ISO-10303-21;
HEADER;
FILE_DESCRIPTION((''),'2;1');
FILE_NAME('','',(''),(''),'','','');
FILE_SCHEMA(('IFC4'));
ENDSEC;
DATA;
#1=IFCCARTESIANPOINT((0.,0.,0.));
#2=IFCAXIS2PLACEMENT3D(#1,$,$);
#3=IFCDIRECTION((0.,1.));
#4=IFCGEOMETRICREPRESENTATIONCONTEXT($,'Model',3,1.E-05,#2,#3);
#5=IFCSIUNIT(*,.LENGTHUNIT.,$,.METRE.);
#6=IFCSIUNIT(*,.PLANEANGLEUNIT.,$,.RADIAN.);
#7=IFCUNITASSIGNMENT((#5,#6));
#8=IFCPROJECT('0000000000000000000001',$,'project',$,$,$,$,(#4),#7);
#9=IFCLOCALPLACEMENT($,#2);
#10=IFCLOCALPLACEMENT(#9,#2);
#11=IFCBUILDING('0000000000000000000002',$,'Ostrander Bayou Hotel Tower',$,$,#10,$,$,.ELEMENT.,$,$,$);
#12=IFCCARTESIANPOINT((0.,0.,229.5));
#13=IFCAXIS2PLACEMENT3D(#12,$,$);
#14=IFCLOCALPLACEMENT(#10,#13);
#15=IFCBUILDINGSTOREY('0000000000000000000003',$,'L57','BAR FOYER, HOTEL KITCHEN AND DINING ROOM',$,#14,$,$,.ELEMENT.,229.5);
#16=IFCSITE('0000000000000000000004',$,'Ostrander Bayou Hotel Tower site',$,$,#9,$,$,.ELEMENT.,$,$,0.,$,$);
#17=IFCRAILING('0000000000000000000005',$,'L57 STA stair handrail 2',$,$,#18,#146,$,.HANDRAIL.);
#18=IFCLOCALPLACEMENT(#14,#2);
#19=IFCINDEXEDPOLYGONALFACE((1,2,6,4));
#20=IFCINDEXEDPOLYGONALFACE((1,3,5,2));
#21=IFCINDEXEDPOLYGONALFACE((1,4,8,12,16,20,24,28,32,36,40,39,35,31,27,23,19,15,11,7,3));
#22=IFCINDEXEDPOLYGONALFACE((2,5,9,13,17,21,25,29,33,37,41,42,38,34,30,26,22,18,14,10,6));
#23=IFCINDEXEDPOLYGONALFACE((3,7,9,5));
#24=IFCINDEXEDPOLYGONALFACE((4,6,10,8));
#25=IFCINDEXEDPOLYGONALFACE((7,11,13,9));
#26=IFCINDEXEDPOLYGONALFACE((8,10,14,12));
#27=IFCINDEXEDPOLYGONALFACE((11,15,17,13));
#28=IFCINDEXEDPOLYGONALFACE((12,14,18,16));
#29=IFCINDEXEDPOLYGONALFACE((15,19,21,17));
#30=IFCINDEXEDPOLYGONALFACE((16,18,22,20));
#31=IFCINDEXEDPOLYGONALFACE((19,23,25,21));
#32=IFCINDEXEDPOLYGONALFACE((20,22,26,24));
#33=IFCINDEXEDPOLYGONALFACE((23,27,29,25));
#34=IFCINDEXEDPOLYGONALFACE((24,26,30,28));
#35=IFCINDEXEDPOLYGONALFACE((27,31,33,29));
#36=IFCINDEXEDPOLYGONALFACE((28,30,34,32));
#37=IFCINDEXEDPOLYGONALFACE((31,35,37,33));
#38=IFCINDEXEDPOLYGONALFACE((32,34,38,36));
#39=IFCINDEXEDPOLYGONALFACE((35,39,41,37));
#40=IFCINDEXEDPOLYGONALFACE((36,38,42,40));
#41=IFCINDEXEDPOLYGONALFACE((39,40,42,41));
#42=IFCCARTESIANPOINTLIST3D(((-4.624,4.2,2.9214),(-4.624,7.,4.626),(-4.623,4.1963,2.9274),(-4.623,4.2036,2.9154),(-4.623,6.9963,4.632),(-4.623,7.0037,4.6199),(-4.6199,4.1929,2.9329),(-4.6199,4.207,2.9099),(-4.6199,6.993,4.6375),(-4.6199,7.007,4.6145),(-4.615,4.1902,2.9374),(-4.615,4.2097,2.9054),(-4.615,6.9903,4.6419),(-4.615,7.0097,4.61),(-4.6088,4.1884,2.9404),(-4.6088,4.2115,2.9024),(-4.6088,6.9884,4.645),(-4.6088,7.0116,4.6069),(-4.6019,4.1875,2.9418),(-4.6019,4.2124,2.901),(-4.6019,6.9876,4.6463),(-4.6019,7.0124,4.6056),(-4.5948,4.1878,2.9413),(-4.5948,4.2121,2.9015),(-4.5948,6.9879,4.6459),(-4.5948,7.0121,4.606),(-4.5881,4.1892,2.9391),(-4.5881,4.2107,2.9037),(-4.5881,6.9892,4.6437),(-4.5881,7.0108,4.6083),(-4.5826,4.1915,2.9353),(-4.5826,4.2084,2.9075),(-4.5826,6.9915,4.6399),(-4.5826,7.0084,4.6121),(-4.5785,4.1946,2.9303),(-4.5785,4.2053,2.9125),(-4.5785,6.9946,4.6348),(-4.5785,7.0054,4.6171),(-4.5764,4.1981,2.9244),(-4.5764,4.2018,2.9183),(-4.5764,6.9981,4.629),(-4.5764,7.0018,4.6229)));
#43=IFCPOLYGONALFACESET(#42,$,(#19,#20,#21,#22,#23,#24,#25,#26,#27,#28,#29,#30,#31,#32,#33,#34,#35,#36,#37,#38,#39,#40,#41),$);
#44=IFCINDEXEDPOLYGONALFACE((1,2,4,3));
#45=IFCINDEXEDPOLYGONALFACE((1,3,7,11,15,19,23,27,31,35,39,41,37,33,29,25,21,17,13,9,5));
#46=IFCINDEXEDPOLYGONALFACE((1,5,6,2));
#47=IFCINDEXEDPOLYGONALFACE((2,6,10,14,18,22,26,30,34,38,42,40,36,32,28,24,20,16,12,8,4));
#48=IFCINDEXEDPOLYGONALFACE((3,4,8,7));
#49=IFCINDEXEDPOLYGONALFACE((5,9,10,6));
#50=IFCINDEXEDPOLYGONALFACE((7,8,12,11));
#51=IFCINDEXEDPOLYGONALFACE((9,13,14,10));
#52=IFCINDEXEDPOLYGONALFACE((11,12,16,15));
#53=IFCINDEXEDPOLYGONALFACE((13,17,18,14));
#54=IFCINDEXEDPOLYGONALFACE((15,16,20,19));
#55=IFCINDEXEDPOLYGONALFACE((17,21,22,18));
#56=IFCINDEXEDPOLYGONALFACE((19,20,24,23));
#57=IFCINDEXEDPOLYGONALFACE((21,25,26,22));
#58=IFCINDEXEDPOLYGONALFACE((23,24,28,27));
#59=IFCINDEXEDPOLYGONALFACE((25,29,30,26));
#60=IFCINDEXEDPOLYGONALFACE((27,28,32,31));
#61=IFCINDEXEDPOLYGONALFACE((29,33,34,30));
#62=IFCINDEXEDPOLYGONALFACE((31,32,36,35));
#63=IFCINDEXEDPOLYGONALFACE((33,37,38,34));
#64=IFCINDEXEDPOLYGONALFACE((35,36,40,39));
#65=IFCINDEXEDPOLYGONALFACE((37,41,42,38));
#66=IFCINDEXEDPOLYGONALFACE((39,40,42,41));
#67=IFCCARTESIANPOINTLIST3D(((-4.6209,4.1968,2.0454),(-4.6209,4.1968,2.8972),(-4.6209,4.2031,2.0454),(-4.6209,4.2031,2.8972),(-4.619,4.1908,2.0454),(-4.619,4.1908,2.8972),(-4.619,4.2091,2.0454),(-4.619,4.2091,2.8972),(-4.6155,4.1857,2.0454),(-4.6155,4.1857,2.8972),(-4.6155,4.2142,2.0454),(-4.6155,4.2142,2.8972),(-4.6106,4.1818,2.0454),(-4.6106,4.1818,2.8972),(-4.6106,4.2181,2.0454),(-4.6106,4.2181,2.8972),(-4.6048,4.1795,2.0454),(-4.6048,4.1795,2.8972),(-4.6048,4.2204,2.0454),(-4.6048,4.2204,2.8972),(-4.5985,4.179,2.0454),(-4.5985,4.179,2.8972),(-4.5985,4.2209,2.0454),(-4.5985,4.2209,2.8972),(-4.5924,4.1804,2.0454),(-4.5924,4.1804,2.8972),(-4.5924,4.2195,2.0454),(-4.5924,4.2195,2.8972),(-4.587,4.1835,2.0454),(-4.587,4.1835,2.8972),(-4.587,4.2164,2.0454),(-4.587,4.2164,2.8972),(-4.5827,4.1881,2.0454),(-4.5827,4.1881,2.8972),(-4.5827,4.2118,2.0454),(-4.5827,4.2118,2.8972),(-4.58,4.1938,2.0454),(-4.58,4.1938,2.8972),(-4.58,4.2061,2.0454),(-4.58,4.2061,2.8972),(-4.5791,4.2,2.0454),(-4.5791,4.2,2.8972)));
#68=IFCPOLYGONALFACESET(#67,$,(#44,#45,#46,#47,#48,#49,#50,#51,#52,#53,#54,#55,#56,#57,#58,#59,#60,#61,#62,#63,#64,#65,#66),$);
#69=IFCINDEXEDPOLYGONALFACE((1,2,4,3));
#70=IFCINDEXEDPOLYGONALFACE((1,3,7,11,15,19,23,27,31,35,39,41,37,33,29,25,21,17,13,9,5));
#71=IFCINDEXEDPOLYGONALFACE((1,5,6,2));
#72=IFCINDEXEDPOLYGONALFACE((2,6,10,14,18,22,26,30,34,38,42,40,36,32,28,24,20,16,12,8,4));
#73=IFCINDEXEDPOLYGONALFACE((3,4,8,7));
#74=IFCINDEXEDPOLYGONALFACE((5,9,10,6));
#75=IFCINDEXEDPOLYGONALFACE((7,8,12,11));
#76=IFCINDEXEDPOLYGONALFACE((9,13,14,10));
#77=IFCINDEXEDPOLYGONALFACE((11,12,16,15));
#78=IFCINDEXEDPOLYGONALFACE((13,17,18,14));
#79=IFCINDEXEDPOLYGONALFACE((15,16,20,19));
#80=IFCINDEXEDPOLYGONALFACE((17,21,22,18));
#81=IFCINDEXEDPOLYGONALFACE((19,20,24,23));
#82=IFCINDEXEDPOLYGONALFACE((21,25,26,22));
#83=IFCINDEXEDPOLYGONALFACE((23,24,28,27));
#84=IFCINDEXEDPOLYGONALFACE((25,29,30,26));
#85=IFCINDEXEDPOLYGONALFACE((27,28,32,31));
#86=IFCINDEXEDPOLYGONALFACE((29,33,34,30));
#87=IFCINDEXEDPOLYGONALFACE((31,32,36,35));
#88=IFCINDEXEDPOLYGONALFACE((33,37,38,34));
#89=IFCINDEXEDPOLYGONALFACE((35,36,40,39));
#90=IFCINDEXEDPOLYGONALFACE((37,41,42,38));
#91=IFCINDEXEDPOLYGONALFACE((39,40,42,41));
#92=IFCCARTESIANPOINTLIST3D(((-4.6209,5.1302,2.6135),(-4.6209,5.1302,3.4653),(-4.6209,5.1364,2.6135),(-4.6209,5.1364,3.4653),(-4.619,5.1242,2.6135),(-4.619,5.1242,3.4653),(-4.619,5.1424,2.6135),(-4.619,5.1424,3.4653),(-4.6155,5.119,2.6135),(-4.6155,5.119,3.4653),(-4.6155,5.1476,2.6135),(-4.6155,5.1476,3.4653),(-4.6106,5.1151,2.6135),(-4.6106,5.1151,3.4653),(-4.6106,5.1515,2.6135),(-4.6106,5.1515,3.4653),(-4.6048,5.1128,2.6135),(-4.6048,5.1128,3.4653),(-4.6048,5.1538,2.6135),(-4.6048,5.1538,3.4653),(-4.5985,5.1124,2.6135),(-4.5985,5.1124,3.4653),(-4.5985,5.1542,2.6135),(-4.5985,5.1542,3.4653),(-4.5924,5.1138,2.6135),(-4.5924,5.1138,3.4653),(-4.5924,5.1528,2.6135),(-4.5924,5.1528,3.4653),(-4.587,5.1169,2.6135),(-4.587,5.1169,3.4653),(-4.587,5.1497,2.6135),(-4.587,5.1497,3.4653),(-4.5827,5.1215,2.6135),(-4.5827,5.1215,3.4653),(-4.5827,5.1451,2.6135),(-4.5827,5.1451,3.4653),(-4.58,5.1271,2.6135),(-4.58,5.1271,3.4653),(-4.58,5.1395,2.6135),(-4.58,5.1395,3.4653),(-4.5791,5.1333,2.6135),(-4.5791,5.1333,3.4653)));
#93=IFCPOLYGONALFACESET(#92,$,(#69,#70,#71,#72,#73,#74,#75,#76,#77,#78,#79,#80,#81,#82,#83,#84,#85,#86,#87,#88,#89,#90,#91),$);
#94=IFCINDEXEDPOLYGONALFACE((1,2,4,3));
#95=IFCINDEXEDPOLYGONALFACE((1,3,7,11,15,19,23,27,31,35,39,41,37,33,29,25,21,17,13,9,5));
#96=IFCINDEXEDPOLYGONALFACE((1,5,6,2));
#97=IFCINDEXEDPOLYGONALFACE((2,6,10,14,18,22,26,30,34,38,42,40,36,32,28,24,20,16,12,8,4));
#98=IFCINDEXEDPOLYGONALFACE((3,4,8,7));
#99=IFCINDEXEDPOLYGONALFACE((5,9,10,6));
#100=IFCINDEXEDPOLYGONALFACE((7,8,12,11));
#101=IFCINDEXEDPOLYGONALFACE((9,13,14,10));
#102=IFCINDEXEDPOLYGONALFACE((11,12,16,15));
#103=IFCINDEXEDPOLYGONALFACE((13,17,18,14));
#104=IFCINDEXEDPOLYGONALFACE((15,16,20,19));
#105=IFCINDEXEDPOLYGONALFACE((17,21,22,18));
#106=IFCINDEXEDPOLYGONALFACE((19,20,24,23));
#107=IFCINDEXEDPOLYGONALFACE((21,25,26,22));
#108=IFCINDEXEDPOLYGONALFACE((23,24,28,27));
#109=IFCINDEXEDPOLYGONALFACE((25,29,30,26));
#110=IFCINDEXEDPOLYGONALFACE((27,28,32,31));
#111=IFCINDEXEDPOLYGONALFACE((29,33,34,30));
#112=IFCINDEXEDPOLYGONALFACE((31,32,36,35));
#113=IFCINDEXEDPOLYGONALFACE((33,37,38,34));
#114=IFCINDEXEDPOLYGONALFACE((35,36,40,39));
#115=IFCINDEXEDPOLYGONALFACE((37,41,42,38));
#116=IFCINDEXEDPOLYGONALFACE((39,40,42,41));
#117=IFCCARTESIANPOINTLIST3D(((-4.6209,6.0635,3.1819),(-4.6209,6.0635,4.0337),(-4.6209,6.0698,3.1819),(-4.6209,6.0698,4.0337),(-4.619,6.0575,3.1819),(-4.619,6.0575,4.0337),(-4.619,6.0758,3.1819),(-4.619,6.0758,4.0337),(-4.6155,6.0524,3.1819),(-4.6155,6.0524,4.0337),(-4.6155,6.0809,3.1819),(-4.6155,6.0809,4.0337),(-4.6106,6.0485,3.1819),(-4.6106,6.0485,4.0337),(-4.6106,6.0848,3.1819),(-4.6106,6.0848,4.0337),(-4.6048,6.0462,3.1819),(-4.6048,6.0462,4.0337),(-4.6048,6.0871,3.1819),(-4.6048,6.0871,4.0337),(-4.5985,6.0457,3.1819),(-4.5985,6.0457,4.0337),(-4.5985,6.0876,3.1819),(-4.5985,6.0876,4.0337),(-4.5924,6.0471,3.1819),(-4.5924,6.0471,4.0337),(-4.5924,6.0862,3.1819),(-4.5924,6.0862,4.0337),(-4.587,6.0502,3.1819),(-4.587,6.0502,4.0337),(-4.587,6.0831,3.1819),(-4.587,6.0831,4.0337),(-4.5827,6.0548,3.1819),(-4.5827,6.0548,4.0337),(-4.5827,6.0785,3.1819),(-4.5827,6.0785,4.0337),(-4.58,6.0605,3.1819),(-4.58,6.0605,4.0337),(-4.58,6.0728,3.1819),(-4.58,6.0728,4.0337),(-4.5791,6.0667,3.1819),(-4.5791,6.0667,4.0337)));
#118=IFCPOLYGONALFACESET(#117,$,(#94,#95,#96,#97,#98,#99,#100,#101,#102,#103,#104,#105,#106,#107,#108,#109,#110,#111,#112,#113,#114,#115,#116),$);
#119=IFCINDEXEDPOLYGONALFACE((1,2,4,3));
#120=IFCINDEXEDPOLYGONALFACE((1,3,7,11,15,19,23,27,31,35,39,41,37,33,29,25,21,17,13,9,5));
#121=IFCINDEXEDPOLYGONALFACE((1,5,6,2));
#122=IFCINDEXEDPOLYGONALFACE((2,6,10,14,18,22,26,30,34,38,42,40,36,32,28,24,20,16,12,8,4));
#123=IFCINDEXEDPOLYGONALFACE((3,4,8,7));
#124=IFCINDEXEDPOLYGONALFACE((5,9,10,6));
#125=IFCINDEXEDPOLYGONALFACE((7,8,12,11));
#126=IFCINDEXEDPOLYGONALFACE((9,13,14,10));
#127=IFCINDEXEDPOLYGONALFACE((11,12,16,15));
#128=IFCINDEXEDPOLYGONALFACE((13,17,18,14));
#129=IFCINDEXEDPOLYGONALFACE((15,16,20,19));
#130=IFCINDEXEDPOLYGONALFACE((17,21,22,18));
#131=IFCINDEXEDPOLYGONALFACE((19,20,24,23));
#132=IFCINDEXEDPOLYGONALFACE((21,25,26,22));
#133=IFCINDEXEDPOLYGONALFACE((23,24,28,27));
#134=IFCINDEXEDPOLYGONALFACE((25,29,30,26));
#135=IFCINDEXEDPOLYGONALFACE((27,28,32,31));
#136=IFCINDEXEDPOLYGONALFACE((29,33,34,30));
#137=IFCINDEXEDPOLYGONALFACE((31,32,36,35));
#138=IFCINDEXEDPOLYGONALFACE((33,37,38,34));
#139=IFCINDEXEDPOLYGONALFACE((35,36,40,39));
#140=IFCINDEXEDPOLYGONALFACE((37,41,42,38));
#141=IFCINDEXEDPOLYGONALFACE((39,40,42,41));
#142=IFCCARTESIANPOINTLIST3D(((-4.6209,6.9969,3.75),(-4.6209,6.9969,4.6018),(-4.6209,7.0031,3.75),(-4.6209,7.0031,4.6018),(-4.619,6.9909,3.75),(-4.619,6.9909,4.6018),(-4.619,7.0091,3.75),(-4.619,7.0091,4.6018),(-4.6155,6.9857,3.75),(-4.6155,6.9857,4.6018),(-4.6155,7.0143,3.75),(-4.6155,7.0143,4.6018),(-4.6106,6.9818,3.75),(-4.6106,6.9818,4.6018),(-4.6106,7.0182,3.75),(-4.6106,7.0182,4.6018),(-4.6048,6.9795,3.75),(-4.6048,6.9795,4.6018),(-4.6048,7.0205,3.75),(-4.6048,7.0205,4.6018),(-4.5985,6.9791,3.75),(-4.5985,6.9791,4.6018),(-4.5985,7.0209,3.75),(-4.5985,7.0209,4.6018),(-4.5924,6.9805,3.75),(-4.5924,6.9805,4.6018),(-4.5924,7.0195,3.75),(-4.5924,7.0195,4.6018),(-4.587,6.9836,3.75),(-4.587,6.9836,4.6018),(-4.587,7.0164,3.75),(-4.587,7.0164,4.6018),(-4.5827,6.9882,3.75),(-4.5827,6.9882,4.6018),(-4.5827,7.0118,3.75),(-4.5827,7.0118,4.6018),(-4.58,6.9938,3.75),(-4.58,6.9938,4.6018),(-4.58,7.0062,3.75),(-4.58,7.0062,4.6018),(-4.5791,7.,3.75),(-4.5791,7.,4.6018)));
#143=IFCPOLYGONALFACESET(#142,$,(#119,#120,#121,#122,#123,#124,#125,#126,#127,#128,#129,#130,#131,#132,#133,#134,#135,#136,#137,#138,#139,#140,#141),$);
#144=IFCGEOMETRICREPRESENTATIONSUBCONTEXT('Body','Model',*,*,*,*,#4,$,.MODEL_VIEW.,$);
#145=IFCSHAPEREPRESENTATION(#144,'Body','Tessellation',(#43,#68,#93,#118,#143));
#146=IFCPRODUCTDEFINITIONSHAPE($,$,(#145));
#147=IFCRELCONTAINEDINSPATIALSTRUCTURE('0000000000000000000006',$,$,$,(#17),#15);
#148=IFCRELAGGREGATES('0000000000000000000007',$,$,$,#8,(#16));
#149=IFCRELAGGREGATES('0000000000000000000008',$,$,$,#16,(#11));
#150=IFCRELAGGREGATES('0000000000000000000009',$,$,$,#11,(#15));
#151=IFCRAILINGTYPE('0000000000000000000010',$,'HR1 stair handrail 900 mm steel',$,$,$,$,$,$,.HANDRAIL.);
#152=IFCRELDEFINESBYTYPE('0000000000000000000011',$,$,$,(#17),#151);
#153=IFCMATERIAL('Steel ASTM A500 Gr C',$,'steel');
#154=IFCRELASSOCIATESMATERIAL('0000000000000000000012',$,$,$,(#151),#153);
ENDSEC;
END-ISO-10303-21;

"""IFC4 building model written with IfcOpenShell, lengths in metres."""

from ifc_helpers import new_model, si_unit, direction, frame, origin, origin_2d, place, context, subcontext, project, spatial, circle, extrude, material, type_object, element, save


model = new_model("IFC4")

# Units and contexts
model_context = context("Model", 3, precision=1e-05, world=origin(), true_north=direction((0.0, 1.0)))
body_context = subcontext(model_context, "Body", "Model", "MODEL_VIEW")
ifc_project = project(units=[si_unit("LENGTHUNIT", "METRE"), si_unit("PLANEANGLEUNIT", "RADIAN")], contexts=[model_context])

# Site, building, storey
site_placement = place(None, origin())
site = spatial("IfcSite", under=ifc_project, at=site_placement, Name="Ostrander Bayou Hotel Tower site", CompositionType="ELEMENT", RefElevation=0.0)
building_placement = place(site_placement, origin())
building = spatial("IfcBuilding", under=site, at=building_placement, Name="Ostrander Bayou Hotel Tower", CompositionType="ELEMENT")
storey_placement = place(building_placement, frame((0.0, 0.0, 229.5)))
storey = spatial("IfcBuildingStorey", under=building, at=storey_placement, Name="L57", Description="BAR FOYER, HOTEL KITCHEN AND DINING ROOM", CompositionType="ELEMENT", Elevation=229.5)

# Railing
ifc_material_1 = material(Name="Steel ASTM A500 Gr C", Category="steel")
railing_type_1 = type_object("IfcRailingType", Name="HR1 stair handrail 900 mm steel", PredefinedType="HANDRAIL", material=ifc_material_1)
railing_1_placement = place(storey_placement, frame((-4.6001, 4.2, 2.0454)))
element("IfcRailing", 1, at=railing_1_placement, inside=storey, type_object=railing_type_1, Name="L57 STA stair handrail 2", PredefinedType="HANDRAIL", context=body_context, shape_type="SweptSolid", body=[
    extrude(circle(Radius=0.0239, at=origin_2d()), frame((0.0, 0.0, 0.876), z_axis=(0.0, 0.85417, 0.519994), x_axis=(-1.0, 0.0, 0.0)), (0.0, 0.0, 1.0), 3.2781),
    extrude(circle(Radius=0.021, at=origin_2d()), origin(), (0.0, 0.0, 1.0), 0.8518),
    extrude(circle(Radius=0.021, at=origin_2d()), frame((0.0, 0.9333, 0.5681)), (0.0, 0.0, 1.0), 0.8518),
    extrude(circle(Radius=0.021, at=origin_2d()), frame((0.0, 1.8667, 1.1365)), (0.0, 0.0, 1.0), 0.8518),
    extrude(circle(Radius=0.021, at=origin_2d()), frame((0.0, 2.8, 1.7046)), (0.0, 0.0, 1.0), 0.8518),
])

save(model, "model.ifc")
